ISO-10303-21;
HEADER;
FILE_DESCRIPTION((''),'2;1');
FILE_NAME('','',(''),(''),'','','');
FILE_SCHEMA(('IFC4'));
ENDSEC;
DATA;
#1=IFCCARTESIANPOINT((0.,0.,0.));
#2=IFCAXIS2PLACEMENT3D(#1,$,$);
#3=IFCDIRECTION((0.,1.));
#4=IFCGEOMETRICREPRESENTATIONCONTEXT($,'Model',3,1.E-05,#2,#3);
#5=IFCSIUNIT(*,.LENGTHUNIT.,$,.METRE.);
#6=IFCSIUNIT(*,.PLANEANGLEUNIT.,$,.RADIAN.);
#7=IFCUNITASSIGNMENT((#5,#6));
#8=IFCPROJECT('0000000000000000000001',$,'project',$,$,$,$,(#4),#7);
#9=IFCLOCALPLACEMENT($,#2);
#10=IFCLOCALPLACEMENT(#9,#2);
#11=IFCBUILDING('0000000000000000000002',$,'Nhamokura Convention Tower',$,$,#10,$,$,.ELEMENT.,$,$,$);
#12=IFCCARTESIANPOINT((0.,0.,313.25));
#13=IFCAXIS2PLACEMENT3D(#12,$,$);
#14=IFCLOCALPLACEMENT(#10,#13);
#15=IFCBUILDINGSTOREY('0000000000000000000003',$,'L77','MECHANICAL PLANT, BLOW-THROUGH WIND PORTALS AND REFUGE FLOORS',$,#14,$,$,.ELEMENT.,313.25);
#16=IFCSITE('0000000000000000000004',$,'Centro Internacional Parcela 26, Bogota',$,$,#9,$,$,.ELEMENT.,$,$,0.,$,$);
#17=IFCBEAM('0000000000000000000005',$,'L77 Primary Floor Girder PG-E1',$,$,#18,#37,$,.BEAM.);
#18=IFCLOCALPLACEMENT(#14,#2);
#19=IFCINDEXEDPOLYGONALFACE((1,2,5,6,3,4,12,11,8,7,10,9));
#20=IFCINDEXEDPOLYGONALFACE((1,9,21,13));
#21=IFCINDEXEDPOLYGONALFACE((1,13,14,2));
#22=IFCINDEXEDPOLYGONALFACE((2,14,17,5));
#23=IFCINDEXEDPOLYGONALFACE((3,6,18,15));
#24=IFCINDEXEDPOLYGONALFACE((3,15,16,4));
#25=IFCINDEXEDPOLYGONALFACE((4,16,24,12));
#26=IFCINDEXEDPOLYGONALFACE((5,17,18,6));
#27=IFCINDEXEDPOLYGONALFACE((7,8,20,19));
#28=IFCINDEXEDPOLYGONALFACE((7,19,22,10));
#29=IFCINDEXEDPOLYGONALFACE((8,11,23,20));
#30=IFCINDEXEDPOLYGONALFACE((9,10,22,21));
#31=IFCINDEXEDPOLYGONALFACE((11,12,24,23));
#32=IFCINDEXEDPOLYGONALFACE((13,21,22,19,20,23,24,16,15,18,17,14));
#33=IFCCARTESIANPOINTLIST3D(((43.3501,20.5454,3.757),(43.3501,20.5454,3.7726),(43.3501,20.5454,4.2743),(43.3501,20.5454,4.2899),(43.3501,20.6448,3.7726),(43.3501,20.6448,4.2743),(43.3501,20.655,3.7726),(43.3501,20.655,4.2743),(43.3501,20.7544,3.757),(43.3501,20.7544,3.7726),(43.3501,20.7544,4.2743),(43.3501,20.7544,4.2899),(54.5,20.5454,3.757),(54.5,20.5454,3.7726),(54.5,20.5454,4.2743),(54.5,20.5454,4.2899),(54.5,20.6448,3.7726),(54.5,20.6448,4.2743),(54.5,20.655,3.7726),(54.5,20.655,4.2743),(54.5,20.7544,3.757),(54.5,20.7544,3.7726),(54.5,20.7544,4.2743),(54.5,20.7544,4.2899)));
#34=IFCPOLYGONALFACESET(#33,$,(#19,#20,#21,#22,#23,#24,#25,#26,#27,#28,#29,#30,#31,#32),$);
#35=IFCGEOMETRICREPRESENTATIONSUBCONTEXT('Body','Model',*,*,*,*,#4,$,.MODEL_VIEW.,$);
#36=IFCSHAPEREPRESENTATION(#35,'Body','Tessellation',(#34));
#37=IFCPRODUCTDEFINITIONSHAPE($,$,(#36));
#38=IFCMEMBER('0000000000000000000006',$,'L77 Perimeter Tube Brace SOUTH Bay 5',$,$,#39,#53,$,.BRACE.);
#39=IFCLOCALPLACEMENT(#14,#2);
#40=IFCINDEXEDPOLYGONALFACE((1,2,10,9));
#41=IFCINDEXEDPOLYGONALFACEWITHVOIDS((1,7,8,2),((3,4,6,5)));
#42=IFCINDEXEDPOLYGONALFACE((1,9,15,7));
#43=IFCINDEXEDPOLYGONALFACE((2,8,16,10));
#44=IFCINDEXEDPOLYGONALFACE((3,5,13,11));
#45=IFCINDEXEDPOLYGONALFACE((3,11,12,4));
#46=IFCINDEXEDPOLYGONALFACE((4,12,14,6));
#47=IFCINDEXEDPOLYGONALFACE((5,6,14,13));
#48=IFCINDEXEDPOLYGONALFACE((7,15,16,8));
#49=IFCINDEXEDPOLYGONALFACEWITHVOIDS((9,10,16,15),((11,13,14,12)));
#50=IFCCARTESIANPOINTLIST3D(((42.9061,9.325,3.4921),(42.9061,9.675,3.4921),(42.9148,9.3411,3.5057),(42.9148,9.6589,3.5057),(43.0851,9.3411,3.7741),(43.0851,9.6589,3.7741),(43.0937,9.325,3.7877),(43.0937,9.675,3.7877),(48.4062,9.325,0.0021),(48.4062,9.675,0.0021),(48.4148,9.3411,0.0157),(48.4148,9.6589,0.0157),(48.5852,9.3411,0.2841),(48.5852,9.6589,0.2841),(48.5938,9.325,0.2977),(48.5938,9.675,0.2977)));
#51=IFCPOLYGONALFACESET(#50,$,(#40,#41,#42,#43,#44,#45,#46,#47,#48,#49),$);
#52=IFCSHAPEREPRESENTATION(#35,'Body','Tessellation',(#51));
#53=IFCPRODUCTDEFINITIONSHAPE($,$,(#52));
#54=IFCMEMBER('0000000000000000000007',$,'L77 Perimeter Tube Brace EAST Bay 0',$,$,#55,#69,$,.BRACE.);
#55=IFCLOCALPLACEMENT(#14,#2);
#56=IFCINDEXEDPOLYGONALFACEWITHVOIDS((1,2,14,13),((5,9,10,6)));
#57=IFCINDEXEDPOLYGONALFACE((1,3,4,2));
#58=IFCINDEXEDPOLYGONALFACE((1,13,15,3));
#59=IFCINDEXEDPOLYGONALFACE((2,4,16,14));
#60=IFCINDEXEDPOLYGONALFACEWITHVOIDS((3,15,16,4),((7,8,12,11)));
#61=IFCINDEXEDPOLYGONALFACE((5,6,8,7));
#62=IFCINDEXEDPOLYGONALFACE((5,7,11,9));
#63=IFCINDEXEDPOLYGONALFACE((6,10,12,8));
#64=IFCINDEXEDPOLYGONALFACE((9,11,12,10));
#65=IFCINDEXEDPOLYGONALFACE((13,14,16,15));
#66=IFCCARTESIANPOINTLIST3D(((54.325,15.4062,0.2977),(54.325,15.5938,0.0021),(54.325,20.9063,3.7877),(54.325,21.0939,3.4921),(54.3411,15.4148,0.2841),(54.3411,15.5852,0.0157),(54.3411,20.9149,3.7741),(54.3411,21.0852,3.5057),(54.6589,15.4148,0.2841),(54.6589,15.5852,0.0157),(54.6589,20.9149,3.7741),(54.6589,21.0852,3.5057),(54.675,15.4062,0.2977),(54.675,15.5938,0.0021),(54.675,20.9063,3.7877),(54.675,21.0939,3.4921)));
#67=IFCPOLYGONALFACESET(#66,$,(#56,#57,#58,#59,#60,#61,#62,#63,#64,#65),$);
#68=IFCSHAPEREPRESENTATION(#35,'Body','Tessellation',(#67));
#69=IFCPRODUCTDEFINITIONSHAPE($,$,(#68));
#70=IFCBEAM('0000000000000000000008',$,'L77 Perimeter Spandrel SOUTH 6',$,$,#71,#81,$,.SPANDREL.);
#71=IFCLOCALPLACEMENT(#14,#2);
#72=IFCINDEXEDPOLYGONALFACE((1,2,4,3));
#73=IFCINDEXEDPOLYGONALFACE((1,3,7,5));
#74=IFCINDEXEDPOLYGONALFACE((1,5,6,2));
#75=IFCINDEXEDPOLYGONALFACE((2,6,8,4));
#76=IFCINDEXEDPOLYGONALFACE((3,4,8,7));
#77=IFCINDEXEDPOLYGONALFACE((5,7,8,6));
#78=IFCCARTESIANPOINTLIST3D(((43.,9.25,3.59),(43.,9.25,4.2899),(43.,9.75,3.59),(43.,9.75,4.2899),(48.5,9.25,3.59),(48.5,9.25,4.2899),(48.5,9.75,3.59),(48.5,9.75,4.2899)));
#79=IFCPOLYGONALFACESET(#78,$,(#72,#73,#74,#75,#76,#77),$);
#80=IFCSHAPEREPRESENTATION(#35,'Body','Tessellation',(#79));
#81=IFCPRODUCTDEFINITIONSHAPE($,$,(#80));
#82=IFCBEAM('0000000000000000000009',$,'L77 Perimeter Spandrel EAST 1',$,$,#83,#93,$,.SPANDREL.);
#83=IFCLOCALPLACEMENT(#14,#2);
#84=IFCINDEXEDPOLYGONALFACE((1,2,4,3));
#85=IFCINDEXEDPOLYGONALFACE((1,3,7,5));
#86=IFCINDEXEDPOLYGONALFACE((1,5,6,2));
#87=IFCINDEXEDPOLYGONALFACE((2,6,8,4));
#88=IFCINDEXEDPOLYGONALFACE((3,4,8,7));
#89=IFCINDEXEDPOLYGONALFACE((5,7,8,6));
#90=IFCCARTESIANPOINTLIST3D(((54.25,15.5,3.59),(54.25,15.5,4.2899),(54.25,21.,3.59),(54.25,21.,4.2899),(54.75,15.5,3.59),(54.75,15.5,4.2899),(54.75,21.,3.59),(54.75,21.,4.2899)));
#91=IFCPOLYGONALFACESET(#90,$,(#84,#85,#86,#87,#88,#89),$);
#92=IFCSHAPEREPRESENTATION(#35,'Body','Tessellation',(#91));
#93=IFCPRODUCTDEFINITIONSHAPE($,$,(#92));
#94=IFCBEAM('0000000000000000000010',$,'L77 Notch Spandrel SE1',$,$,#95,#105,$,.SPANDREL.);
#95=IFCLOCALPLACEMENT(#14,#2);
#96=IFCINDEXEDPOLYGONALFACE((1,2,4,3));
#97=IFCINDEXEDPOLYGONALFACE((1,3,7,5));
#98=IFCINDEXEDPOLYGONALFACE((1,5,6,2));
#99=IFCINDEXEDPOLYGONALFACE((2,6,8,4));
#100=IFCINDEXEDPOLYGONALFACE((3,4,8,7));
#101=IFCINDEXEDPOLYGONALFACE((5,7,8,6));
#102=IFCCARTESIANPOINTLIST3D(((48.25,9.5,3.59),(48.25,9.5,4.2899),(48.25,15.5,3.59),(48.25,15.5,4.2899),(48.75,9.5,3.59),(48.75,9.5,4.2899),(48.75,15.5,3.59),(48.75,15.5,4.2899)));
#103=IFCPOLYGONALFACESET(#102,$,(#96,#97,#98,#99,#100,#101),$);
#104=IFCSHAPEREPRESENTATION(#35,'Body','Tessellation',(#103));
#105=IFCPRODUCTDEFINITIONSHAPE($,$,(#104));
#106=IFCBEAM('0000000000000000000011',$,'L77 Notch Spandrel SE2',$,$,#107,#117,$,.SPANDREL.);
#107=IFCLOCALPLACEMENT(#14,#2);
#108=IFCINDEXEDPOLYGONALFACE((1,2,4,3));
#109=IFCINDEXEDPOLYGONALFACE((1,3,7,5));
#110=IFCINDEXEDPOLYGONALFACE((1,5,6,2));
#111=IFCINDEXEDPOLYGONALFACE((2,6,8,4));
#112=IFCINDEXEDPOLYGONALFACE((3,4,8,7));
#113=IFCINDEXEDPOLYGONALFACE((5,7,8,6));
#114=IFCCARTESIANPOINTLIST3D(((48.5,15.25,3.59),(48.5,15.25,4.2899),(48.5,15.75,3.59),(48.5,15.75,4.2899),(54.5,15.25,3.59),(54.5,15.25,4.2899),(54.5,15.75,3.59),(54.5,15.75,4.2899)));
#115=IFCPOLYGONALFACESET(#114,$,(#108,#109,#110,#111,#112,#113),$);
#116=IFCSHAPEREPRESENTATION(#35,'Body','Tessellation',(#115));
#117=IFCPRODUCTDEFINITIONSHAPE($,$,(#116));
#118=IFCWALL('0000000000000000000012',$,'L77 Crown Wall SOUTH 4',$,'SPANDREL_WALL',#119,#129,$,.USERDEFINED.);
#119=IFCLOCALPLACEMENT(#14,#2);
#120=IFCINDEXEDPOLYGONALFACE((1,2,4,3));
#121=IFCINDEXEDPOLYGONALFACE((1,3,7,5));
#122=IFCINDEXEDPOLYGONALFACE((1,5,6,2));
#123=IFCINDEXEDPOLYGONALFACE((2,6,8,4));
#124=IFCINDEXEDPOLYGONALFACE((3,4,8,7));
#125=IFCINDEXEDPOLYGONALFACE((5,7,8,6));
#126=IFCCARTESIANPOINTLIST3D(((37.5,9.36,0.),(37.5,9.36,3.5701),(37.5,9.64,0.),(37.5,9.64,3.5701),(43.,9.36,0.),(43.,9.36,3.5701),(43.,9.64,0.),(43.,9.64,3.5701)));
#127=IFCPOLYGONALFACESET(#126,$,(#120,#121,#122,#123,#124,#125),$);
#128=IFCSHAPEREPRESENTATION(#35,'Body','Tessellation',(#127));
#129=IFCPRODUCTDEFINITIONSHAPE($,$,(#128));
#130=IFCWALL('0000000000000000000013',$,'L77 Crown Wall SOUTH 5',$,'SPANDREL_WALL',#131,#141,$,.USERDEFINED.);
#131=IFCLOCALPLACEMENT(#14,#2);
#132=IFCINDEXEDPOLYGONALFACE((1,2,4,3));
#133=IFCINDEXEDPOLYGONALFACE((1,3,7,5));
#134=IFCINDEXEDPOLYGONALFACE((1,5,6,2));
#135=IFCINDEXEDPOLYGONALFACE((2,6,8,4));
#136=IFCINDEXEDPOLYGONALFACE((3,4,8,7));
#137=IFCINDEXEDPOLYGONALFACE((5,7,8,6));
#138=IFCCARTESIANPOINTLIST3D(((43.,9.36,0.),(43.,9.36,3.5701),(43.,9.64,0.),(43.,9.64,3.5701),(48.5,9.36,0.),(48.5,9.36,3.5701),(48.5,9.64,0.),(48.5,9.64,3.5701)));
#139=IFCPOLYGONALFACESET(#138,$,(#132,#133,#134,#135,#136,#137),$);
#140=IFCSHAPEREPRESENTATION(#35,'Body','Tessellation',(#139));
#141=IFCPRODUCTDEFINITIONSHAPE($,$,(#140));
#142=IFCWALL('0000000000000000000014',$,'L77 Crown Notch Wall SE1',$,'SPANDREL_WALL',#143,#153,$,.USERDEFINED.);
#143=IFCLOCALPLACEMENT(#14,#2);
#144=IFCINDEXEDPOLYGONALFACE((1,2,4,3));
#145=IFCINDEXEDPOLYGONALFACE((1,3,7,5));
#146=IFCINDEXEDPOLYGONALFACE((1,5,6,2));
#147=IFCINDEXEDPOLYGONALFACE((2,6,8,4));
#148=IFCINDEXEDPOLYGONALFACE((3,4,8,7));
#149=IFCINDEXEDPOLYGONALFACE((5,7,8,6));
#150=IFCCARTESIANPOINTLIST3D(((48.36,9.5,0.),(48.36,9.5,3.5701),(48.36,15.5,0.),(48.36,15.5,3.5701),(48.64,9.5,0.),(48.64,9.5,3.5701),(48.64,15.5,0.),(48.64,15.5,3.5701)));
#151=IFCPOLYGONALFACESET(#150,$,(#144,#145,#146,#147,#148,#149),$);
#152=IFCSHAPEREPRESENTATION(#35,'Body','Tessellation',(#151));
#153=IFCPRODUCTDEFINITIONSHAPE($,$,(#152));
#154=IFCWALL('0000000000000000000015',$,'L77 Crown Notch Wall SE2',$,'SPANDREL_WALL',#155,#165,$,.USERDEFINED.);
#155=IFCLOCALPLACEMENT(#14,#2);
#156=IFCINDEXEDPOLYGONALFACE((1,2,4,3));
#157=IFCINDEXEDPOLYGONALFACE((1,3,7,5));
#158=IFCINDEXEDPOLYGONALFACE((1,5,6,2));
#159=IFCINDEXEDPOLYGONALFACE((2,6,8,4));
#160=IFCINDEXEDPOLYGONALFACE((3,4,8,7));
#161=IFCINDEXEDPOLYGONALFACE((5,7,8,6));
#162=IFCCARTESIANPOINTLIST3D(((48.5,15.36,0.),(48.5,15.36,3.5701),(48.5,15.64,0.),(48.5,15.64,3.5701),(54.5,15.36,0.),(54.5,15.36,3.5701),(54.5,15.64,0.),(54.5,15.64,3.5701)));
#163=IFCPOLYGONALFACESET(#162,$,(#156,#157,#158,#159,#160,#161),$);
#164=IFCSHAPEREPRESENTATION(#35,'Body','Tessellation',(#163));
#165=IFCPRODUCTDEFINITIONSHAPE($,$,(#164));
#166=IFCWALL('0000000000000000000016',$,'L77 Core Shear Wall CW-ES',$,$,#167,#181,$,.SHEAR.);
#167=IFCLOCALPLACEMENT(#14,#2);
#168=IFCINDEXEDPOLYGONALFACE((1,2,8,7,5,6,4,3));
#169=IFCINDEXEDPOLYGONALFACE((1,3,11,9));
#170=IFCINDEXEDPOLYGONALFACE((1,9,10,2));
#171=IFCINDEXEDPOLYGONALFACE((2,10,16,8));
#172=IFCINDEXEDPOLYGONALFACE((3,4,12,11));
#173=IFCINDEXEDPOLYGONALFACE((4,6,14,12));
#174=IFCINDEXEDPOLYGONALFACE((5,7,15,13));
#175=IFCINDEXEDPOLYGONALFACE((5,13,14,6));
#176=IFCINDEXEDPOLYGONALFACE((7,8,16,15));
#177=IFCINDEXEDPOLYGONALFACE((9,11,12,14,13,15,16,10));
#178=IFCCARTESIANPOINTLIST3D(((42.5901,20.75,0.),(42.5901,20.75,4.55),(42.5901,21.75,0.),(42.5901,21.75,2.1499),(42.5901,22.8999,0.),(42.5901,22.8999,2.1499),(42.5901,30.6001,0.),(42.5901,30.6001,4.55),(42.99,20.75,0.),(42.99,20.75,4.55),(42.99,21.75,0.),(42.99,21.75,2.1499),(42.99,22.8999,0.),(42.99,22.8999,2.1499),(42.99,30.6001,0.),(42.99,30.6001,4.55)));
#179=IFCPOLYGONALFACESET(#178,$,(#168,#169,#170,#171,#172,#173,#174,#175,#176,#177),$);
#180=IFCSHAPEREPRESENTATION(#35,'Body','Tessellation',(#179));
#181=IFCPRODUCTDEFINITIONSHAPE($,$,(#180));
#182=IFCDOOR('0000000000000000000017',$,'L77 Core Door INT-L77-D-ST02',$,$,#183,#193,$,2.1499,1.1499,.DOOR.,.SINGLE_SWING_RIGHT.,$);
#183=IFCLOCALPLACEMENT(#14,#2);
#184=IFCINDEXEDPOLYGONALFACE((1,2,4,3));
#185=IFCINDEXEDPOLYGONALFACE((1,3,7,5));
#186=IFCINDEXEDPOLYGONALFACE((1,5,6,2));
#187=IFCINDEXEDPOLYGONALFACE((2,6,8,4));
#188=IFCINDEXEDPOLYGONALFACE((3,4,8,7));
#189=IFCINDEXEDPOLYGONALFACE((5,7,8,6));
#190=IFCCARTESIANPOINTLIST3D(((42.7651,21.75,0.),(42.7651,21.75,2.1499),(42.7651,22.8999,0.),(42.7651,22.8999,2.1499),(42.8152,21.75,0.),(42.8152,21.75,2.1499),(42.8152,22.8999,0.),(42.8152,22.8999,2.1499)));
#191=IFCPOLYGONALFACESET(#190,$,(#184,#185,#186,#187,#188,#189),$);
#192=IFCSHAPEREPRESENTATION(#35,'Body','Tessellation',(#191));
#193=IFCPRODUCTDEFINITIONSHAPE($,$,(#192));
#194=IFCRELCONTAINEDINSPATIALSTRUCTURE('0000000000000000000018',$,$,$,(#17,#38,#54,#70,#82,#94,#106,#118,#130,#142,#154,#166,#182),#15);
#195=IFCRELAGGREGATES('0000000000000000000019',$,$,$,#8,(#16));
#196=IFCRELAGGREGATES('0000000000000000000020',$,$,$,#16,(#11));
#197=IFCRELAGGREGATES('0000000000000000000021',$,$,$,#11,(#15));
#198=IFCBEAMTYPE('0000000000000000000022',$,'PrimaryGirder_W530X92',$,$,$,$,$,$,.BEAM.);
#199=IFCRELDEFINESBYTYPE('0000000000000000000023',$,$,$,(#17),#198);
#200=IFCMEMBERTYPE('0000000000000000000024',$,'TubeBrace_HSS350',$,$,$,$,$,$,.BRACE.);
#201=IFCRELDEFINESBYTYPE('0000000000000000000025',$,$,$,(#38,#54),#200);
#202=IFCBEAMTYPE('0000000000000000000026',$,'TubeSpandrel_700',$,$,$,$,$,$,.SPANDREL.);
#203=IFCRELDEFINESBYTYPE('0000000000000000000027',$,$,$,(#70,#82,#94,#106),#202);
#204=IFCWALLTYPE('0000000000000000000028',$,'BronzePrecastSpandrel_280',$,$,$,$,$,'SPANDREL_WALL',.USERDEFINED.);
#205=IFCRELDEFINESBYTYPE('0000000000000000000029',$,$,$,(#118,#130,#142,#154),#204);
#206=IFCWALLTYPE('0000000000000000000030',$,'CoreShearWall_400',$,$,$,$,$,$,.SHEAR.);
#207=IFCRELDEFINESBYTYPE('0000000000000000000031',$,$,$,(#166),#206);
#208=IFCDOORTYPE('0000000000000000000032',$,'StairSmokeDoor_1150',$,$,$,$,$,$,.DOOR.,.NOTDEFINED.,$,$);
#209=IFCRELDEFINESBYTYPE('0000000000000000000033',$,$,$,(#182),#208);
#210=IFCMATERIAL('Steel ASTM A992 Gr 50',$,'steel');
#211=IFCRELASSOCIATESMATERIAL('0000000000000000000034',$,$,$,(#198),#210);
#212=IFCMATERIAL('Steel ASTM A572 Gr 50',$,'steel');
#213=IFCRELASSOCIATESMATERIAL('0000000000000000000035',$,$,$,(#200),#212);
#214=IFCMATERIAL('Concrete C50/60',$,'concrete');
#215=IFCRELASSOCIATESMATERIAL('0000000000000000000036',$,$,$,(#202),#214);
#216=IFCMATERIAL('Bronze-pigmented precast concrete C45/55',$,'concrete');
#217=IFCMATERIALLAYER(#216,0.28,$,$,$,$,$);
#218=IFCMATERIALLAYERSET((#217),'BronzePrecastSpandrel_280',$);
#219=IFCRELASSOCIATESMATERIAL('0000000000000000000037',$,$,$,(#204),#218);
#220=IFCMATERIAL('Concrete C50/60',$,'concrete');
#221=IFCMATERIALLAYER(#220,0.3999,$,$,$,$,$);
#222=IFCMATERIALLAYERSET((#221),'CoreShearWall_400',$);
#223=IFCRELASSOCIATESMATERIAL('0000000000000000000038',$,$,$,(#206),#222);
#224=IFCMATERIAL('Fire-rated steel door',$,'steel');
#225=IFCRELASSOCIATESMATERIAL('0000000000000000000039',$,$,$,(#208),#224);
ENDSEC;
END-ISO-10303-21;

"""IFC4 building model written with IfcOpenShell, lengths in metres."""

from ifc_helpers import new_model, si_unit, direction, frame, frame_2d, origin, origin_2d, place, context, subcontext, project, spatial, rectangle, hollow_rectangle, i_section, extrude, material, layer, layer_set, material_profile, profile_set, type_object, element, fill, save


model = new_model("IFC4")

# Units and contexts
model_context = context("Model", 3, precision=1e-05, world=origin(), true_north=direction((0.0, 1.0)))
body_context = subcontext(model_context, "Body", "Model", "MODEL_VIEW")
ifc_project = project(units=[si_unit("LENGTHUNIT", "METRE"), si_unit("PLANEANGLEUNIT", "RADIAN")], contexts=[model_context])

# Site, building, storey
site_placement = place(None, origin())
site = spatial("IfcSite", under=ifc_project, at=site_placement, Name="Centro Internacional Parcela 26, Bogota", CompositionType="ELEMENT", RefElevation=0.0)
building_placement = place(site_placement, origin())
building = spatial("IfcBuilding", under=site, at=building_placement, Name="Nhamokura Convention Tower", CompositionType="ELEMENT")
storey_placement = place(building_placement, frame((0.0, 0.0, 313.25)))
storey = spatial("IfcBuildingStorey", under=building, at=storey_placement, Name="L77", Description="MECHANICAL PLANT, BLOW-THROUGH WIND PORTALS AND REFUGE FLOORS", CompositionType="ELEMENT", Elevation=313.25)

# Beam
ifc_material_1 = material(Name="Steel ASTM A992 Gr 50", Category="steel")
ifc_material_profile_1 = material_profile(ifc_material_1, i_section(OverallWidth=0.209, OverallDepth=0.533, WebThickness=0.0103, FlangeThickness=0.0156, at=origin_2d()))
ifc_profile_set_1 = profile_set([ifc_material_profile_1], Name="Steel ASTM A992 Gr 50")
beam_type_1 = type_object("IfcBeamType", Name="PrimaryGirder_W530X92", PredefinedType="BEAM", material=ifc_profile_set_1)
for number, where, z_axis, x_axis, name in (
    (1, (43.3501, 20.6499, 4.0234), (1.0, 0.0, 0.0), (0.0, 1.0, 0.0), "L77 Primary Floor Girder PG-E1"),
):
    element("IfcBeam", number, at=place(storey_placement, frame(where, z_axis=z_axis, x_axis=x_axis)), inside=storey, type_object=beam_type_1, Name=name, PredefinedType="BEAM", context=body_context, shape_type="SweptSolid", body=[
        extrude(i_section(OverallWidth=0.209, OverallDepth=0.533, WebThickness=0.0103, FlangeThickness=0.0156, at=origin_2d()), origin(), (0.0, 0.0, 1.0), 11.1499),
    ])

# Members
ifc_material_2 = material(Name="Steel ASTM A572 Gr 50", Category="steel")
ifc_material_profile_2 = material_profile(ifc_material_2, hollow_rectangle(XDim=0.3501, YDim=0.3501, WallThickness=0.0161, at=origin_2d()))
ifc_profile_set_2 = profile_set([ifc_material_profile_2], Name="Steel ASTM A572 Gr 50")
member_type = type_object("IfcMemberType", Name="TubeBrace_HSS350", PredefinedType="BRACE", material=ifc_profile_set_2)
for number, where, z_axis, x_axis, name in (
    (2, (48.5, 9.5, 0.1499), (-0.844357, 0.0, 0.535781), (0.0, -1.0, 0.0), "L77 Perimeter Tube Brace SOUTH Bay 5"),
    (3, (54.5, 15.5, 0.1499), (0.0, 0.844357, 0.535781), (-1.0, 0.0, 0.0), "L77 Perimeter Tube Brace EAST Bay 0"),
):
    element("IfcMember", number, at=place(storey_placement, frame(where, z_axis=z_axis, x_axis=x_axis)), inside=storey, type_object=member_type, Name=name, PredefinedType="BRACE", context=body_context, shape_type="SweptSolid", body=[
        extrude(hollow_rectangle(XDim=0.3501, YDim=0.3501, WallThickness=0.0161, at=origin_2d()), origin(), (0.0, 0.0, 1.0), 6.5139),
    ])

# Beams
ifc_material_3 = material(Name="Concrete C50/60", Category="concrete")
ifc_material_profile_3 = material_profile(ifc_material_3, rectangle(XDim=0.5, YDim=0.7, at=origin_2d()))
ifc_profile_set_3 = profile_set([ifc_material_profile_3], Name="Concrete C50/60")
beam_type_2 = type_object("IfcBeamType", Name="TubeSpandrel_700", PredefinedType="SPANDREL", material=ifc_profile_set_3)
for number, where, z_axis, x_axis, name in (
    (4, (43.0, 9.5, 3.9399), (1.0, 0.0, 0.0), (0.0, 1.0, 0.0), "L77 Perimeter Spandrel SOUTH 6"),
    (5, (54.5, 15.5, 3.9399), (0.0, 1.0, 0.0), (-1.0, 0.0, 0.0), "L77 Perimeter Spandrel EAST 1"),
):
    element("IfcBeam", number, at=place(storey_placement, frame(where, z_axis=z_axis, x_axis=x_axis)), inside=storey, type_object=beam_type_2, Name=name, PredefinedType="SPANDREL", context=body_context, shape_type="SweptSolid", body=[
        extrude(rectangle(XDim=0.5, YDim=0.7, at=origin_2d()), origin(), (0.0, 0.0, 1.0), 5.5),
    ])
for number, where, z_axis, x_axis, name in (
    (6, (48.5, 9.5, 3.9399), (0.0, 1.0, 0.0), (-1.0, 0.0, 0.0), "L77 Notch Spandrel SE1"),
    (7, (48.5, 15.5, 3.9399), (1.0, 0.0, 0.0), (0.0, 1.0, 0.0), "L77 Notch Spandrel SE2"),
):
    element("IfcBeam", number, at=place(storey_placement, frame(where, z_axis=z_axis, x_axis=x_axis)), inside=storey, type_object=beam_type_2, Name=name, PredefinedType="SPANDREL", context=body_context, shape_type="SweptSolid", body=[
        extrude(rectangle(XDim=0.5, YDim=0.7, at=origin_2d()), origin(), (0.0, 0.0, 1.0), 6.0),
    ])

# Walls
ifc_material_4 = material(Name="Bronze-pigmented precast concrete C45/55", Category="concrete")
ifc_layer_1 = layer(ifc_material_4, 0.28)
ifc_layer_set_1 = layer_set([ifc_layer_1], Name="BronzePrecastSpandrel_280")
wall_type_1 = type_object("IfcWallType", Name="BronzePrecastSpandrel_280", ElementType="SPANDREL_WALL", PredefinedType="USERDEFINED", material=ifc_layer_set_1)
for number, where, z_axis, x_axis, name in (
    (8, (43.0, 9.5, 0.0), (0.0, 0.0, 1.0), (-1.0, 0.0, 0.0), "L77 Crown Wall SOUTH 4"),
    (9, (48.5, 9.5, 0.0), (0.0, 0.0, 1.0), (-1.0, 0.0, 0.0), "L77 Crown Wall SOUTH 5"),
):
    element("IfcWall", number, at=place(storey_placement, frame(where, z_axis=z_axis, x_axis=x_axis)), inside=storey, type_object=wall_type_1, Name=name, ObjectType="SPANDREL_WALL", PredefinedType="USERDEFINED", context=body_context, shape_type="SweptSolid", body=[
        extrude(rectangle(XDim=5.5, YDim=0.28, at=frame_2d((2.75, 0.0))), origin(), (0.0, 0.0, 1.0), 3.5701),
    ])
for number, where, z_axis, x_axis, name in (
    (10, (48.5, 15.5, 0.0), (0.0, 0.0, 1.0), (0.0, -1.0, 0.0), "L77 Crown Notch Wall SE1"),
    (11, (54.5, 15.5, 0.0), (0.0, 0.0, 1.0), (-1.0, 0.0, 0.0), "L77 Crown Notch Wall SE2"),
):
    element("IfcWall", number, at=place(storey_placement, frame(where, z_axis=z_axis, x_axis=x_axis)), inside=storey, type_object=wall_type_1, Name=name, ObjectType="SPANDREL_WALL", PredefinedType="USERDEFINED", context=body_context, shape_type="SweptSolid", body=[
        extrude(rectangle(XDim=6.0, YDim=0.28, at=frame_2d((3.0, 0.0))), origin(), (0.0, 0.0, 1.0), 3.5701),
    ])

# Wall, opening, door
ifc_material_5 = material(Name="Concrete C50/60", Category="concrete")
ifc_layer_2 = layer(ifc_material_5, 0.3999)
ifc_layer_set_2 = layer_set([ifc_layer_2], Name="CoreShearWall_400")
wall_type_2 = type_object("IfcWallType", Name="CoreShearWall_400", PredefinedType="SHEAR", material=ifc_layer_set_2)
wall_1_placement = place(storey_placement, frame((42.79, 20.75, 0.0), z_axis=(0.0, 0.0, 1.0), x_axis=(0.0, 1.0, 0.0)))
wall_1 = element("IfcWall", 12, at=wall_1_placement, inside=storey, type_object=wall_type_2, Name="L77 Core Shear Wall CW-ES", PredefinedType="SHEAR", context=body_context, shape_type="SweptSolid", body=[
    extrude(rectangle(XDim=9.8501, YDim=0.3999, at=frame_2d((4.925, 0.0))), origin(), (0.0, 0.0, 1.0), 4.55),
])
opening_1_placement = place(wall_1_placement, frame((1.0, 0.0, 0.0)))
opening_1 = element("IfcOpeningElement", 13, at=opening_1_placement, cuts=wall_1, PredefinedType="OPENING", context=body_context, shape_type="SweptSolid", body=[
    extrude(rectangle(XDim=1.1499, YDim=2.1499, at=frame_2d((0.575, 1.075))), frame((0.0, 0.21, 0.0), z_axis=(0.0, -1.0, 0.0), x_axis=(1.0, 0.0, 0.0)), (0.0, 0.0, 1.0), 0.4199),
])
ifc_material_6 = material(Name="Fire-rated steel door", Category="steel")
door_type_1 = type_object("IfcDoorType", Name="StairSmokeDoor_1150", OperationType="NOTDEFINED", PredefinedType="DOOR", material=ifc_material_6)
door_1_placement = place(opening_1_placement, origin())
door_1 = element("IfcDoor", 14, at=door_1_placement, inside=storey, type_object=door_type_1, Name="L77 Core Door INT-L77-D-ST02", OperationType="SINGLE_SWING_RIGHT", OverallHeight=2.1499, OverallWidth=1.1499, PredefinedType="DOOR", context=body_context, shape_type="SweptSolid", body=[
    extrude(rectangle(XDim=1.1499, YDim=2.1499, at=frame_2d((0.575, 1.075))), frame((0.0, 0.0249, 0.0), z_axis=(0.0, -1.0, 0.0), x_axis=(1.0, 0.0, 0.0)), (0.0, 0.0, 1.0), 0.05),
])
fill(opening_1, door_1)

save(model, "model.ifc")
